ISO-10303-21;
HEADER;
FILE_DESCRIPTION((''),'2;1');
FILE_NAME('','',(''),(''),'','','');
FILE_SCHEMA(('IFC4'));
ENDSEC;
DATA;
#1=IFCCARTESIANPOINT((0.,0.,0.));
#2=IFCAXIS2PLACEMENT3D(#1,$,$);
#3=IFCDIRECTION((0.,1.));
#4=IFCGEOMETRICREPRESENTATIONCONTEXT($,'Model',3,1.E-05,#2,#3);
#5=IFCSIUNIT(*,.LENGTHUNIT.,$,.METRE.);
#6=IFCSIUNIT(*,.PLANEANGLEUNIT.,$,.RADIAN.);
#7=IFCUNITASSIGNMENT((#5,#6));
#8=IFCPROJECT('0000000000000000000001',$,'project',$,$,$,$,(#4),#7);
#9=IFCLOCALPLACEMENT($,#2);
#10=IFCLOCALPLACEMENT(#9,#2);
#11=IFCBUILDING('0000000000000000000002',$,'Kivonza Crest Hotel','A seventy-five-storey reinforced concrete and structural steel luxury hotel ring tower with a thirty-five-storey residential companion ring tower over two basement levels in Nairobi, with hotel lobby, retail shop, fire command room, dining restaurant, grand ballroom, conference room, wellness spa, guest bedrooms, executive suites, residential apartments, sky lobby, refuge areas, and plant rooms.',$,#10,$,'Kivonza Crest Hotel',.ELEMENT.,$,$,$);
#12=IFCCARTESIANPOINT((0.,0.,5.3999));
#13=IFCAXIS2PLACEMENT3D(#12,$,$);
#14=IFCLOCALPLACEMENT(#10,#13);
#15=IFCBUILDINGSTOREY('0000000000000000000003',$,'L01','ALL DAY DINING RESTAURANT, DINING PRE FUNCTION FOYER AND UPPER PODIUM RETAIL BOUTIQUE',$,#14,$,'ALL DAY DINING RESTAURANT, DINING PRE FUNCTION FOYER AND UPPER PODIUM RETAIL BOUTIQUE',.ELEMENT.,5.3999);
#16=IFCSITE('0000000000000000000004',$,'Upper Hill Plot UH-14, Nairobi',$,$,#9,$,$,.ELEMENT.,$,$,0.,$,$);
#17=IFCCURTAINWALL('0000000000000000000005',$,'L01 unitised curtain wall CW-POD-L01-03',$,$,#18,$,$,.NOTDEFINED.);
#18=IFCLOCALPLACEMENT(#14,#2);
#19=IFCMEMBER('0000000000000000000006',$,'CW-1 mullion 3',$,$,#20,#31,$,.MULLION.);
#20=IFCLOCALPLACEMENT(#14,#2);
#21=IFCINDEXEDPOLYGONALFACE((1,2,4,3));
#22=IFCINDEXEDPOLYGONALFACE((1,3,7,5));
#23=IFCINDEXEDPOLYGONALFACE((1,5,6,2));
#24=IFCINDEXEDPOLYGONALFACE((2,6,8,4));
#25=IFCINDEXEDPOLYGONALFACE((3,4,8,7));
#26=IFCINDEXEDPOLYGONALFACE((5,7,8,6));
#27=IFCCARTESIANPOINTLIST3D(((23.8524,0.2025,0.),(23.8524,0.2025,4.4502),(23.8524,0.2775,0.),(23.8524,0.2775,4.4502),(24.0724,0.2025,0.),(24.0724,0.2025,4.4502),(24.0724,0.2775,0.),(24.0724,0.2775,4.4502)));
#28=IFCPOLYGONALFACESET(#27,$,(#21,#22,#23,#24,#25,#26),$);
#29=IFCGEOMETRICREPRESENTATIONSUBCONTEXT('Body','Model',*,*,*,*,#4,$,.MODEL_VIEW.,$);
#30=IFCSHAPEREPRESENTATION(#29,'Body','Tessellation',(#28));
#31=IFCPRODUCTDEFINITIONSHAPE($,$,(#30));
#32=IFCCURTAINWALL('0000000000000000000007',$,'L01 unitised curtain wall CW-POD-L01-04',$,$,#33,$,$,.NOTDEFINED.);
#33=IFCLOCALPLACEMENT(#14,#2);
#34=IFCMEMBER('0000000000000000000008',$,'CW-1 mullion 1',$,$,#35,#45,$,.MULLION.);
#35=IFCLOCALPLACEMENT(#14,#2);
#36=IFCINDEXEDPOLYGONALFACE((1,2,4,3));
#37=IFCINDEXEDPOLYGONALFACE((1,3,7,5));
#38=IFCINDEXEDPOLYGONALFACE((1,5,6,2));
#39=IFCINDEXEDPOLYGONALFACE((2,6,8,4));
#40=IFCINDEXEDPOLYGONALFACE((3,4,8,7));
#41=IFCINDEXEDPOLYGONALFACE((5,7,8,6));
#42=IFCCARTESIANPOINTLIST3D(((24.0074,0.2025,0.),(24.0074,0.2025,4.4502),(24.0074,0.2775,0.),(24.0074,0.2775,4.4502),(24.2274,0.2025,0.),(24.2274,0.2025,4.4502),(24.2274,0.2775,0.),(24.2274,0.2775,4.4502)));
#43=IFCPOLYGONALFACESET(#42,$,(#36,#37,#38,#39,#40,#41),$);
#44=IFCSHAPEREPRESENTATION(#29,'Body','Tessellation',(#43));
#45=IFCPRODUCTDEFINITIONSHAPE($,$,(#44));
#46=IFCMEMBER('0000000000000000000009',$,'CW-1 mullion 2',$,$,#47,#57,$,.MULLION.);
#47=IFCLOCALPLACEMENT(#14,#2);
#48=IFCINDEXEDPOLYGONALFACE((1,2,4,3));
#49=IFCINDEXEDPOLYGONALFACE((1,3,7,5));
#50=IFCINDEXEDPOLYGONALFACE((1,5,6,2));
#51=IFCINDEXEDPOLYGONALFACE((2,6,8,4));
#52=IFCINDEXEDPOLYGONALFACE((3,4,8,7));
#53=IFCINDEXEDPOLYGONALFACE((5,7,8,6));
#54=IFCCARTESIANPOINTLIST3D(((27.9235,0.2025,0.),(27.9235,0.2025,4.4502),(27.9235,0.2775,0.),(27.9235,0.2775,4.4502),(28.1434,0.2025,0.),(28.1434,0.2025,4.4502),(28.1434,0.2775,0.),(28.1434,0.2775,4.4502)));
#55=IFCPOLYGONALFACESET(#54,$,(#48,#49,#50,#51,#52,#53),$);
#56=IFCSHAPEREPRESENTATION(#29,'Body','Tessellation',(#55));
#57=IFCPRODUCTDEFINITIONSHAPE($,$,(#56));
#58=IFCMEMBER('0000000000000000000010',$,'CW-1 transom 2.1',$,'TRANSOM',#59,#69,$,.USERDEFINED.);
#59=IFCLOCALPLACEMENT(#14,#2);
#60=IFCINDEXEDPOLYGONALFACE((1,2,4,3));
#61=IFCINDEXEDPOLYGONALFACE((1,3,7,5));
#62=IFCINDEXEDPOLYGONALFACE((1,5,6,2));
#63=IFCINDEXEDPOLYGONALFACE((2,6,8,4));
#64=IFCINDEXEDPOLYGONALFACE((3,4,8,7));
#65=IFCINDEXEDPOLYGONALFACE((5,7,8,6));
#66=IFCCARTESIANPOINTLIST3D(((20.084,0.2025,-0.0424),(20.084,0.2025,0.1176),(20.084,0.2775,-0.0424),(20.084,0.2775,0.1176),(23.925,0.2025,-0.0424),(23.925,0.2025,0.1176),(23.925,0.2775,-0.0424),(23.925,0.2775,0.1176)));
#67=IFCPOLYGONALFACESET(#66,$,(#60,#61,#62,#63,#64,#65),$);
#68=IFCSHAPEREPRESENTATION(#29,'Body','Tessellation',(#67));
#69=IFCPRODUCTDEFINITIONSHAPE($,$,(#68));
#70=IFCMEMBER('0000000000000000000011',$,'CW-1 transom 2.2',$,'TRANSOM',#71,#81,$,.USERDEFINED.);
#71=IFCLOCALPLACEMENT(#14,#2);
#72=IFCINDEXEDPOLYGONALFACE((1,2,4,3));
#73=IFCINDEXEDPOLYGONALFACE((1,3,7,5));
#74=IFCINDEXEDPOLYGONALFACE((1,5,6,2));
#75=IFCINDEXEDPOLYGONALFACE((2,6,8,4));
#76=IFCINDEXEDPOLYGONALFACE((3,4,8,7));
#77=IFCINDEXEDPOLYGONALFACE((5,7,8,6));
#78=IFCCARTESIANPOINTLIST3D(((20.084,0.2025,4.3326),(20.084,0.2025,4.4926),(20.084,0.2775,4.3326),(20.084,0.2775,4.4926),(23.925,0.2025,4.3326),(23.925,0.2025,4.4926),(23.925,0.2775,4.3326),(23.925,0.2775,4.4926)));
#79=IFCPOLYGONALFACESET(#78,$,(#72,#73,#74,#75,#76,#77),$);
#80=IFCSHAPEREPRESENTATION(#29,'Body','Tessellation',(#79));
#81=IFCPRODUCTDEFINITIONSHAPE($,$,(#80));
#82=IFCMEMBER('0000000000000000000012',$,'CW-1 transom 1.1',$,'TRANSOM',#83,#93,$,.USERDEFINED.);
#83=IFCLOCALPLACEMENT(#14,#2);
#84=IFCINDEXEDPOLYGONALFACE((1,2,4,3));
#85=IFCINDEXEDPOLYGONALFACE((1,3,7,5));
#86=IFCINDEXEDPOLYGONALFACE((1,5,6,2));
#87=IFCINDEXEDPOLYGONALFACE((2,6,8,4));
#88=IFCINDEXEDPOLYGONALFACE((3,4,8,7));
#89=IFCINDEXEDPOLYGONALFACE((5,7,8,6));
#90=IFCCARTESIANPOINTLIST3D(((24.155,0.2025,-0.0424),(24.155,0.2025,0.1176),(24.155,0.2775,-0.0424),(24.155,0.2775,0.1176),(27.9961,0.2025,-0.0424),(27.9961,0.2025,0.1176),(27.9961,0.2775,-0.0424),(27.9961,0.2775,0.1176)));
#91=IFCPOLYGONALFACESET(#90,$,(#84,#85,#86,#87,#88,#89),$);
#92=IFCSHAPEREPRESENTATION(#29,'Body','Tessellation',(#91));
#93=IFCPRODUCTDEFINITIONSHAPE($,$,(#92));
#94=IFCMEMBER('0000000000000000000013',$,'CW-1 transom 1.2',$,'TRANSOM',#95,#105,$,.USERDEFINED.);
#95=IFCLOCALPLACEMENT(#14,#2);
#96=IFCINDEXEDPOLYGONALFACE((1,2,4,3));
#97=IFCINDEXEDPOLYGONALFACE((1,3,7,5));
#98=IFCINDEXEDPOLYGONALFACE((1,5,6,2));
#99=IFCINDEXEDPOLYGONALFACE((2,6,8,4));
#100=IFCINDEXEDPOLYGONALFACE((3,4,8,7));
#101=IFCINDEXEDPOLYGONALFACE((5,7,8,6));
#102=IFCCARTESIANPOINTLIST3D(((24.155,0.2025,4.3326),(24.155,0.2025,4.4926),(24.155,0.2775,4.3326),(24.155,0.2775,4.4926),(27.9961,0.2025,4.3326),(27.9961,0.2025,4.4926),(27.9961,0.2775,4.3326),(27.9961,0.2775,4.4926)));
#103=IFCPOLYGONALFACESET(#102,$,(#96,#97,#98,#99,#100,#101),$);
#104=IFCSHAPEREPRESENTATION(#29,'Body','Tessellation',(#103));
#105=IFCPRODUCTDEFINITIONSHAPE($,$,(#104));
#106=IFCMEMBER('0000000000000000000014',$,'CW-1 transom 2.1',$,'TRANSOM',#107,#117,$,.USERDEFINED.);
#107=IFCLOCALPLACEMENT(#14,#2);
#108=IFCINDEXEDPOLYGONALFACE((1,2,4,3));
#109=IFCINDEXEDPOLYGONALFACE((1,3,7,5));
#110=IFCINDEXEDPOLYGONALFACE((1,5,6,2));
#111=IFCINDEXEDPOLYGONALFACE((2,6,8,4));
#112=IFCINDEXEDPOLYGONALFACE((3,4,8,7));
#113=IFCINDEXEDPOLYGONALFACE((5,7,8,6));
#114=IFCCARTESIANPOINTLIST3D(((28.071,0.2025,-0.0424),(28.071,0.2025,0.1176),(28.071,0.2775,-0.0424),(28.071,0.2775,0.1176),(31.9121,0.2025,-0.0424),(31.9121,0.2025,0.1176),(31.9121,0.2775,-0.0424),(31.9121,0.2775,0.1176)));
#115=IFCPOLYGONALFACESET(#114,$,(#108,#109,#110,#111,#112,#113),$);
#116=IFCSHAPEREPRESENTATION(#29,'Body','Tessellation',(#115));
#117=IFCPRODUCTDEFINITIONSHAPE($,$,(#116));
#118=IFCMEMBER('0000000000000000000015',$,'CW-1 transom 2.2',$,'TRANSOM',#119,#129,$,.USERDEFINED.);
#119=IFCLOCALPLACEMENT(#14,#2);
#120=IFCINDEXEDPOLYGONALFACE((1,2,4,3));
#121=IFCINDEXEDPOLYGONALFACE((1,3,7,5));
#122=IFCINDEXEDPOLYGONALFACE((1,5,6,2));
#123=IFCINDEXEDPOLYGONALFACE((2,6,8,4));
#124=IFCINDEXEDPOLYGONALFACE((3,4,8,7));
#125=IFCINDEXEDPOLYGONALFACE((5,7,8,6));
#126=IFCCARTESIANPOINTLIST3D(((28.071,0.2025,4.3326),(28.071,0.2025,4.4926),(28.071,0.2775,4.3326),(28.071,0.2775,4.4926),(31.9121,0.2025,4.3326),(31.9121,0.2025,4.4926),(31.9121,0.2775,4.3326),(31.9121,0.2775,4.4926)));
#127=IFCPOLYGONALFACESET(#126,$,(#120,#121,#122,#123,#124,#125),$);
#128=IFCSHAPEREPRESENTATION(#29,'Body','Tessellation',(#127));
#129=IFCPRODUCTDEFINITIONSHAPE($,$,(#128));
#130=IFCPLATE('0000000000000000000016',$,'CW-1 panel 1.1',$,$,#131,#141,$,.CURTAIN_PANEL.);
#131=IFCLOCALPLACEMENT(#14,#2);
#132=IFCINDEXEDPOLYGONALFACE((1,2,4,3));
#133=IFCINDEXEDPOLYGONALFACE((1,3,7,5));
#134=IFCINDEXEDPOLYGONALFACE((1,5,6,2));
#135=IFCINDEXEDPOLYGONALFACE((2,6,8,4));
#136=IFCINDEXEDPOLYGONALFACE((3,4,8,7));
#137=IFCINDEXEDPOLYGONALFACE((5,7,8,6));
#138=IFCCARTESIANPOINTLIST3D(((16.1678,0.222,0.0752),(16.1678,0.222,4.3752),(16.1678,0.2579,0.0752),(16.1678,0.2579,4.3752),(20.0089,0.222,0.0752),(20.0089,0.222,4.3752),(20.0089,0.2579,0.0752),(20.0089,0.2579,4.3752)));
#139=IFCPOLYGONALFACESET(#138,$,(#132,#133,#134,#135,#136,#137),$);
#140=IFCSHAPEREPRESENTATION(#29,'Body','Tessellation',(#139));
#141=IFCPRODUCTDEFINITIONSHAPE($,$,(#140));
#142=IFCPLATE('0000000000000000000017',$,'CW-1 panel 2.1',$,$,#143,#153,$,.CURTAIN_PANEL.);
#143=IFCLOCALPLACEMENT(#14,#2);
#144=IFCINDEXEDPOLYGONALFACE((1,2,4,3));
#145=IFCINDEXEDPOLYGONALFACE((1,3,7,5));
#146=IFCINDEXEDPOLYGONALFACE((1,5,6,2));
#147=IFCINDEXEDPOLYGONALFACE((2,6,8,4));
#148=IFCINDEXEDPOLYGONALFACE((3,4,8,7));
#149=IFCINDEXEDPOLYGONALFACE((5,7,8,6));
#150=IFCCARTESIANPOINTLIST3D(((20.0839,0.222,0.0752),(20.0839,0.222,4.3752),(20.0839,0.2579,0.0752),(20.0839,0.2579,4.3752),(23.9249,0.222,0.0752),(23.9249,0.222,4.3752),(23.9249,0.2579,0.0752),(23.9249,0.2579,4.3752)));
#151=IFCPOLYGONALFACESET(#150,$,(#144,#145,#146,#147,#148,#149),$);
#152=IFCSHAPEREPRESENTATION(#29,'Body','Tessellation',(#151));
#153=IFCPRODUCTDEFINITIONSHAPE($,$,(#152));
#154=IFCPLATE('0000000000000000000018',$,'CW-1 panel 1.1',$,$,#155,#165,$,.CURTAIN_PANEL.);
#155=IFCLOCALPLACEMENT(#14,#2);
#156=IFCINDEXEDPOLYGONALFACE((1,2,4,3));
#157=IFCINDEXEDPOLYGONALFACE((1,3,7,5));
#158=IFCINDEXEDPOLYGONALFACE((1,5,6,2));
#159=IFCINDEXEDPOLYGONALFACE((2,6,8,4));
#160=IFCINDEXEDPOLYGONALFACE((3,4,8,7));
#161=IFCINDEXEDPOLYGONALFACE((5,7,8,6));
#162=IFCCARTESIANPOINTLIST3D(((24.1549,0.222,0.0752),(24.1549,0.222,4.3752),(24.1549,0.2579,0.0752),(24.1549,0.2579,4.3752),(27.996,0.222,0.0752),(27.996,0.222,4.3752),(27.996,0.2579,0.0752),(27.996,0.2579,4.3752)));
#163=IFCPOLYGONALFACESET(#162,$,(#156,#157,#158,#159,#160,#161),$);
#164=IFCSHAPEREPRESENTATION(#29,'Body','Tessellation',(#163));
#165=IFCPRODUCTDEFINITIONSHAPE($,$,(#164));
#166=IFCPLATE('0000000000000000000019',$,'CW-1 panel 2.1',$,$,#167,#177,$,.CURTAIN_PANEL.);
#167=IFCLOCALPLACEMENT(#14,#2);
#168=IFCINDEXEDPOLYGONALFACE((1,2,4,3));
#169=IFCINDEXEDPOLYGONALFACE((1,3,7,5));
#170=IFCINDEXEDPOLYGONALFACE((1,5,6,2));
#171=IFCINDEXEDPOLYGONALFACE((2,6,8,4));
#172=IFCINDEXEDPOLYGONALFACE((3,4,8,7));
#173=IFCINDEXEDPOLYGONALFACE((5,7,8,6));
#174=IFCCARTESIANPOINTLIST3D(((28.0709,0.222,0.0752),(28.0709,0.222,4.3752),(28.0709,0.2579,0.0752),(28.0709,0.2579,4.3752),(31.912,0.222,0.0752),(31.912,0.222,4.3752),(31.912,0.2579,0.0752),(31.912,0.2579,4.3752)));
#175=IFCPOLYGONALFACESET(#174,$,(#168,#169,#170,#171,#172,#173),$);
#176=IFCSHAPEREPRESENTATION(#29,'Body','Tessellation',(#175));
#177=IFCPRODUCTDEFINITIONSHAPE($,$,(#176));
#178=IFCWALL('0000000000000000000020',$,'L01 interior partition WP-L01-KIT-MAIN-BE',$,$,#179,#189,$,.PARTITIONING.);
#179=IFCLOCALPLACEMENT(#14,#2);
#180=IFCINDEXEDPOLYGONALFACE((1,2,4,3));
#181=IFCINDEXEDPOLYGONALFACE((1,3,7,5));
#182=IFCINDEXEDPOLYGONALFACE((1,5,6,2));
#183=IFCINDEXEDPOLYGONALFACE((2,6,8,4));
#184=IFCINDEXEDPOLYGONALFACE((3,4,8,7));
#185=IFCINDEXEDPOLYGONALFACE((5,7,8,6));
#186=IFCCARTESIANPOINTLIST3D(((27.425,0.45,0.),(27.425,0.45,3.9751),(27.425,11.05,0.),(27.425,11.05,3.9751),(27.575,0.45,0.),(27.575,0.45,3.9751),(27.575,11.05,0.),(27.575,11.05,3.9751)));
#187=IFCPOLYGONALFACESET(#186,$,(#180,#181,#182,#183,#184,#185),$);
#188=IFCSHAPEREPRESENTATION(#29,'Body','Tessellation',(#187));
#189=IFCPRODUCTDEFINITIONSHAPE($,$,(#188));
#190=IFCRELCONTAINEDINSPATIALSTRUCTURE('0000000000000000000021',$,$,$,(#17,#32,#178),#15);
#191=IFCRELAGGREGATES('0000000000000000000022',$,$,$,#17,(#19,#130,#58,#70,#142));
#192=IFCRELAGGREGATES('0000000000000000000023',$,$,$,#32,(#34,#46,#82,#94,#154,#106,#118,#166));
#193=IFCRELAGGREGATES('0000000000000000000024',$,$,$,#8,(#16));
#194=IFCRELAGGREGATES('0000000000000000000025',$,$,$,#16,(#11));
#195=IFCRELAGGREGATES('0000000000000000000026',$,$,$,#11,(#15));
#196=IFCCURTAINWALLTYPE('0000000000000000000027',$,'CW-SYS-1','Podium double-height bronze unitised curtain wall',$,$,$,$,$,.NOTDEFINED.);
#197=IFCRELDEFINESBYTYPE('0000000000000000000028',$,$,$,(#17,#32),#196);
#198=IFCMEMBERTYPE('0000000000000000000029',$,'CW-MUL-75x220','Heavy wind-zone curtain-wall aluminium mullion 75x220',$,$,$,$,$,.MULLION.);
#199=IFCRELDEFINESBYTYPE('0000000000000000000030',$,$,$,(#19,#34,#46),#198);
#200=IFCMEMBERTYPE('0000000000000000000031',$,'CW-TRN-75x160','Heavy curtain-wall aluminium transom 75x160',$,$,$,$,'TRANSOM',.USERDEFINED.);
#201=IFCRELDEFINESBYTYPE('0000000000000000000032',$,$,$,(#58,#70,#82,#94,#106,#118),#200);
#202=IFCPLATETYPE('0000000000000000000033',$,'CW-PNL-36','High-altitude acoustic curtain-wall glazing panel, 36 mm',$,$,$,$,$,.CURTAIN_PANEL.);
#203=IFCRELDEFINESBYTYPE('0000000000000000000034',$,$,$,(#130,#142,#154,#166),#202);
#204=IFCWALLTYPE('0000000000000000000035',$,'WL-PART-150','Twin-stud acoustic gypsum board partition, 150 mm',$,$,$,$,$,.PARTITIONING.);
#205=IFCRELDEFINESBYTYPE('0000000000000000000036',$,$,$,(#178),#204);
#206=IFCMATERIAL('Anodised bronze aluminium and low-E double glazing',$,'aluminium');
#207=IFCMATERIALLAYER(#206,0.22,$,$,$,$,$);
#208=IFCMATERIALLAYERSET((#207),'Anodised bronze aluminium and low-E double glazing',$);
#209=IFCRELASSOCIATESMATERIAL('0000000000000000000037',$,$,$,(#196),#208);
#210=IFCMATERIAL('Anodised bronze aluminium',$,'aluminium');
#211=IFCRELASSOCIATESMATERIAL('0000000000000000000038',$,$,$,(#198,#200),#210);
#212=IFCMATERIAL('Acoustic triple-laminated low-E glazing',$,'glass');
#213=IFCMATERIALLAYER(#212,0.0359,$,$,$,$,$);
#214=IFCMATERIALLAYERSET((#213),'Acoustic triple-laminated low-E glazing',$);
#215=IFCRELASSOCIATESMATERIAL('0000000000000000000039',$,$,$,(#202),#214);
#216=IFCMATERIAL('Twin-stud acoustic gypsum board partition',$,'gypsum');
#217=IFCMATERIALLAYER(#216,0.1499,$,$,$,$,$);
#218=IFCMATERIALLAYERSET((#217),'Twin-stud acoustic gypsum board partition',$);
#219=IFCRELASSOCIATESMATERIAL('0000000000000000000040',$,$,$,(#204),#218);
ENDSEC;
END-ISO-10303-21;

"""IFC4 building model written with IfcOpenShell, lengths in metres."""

from ifc_helpers import new_model, si_unit, direction, frame, frame_2d, origin, origin_2d, place, context, subcontext, project, spatial, rectangle, extrude, material, layer, layer_set, material_profile, profile_set, type_object, element, aggregate, save


model = new_model("IFC4")

# Units and contexts
model_context = context("Model", 3, precision=1e-05, world=origin(), true_north=direction((0.0, 1.0)))
body_context = subcontext(model_context, "Body", "Model", "MODEL_VIEW")
ifc_project = project(units=[si_unit("LENGTHUNIT", "METRE"), si_unit("PLANEANGLEUNIT", "RADIAN")], contexts=[model_context])

# Site, building, storey
site_placement = place(None, origin())
site = spatial("IfcSite", under=ifc_project, at=site_placement, Name="Upper Hill Plot UH-14, Nairobi", CompositionType="ELEMENT", RefElevation=0.0)
building_placement = place(site_placement, origin())
building = spatial("IfcBuilding", under=site, at=building_placement, Name="Kivonza Crest Hotel", Description="A seventy-five-storey reinforced concrete and structural steel luxury hotel ring tower with a thirty-five-storey residential companion ring tower over two basement levels in Nairobi, with hotel lobby, retail shop, fire command room, dining restaurant, grand ballroom, conference room, wellness spa, guest bedrooms, executive suites, residential apartments, sky lobby, refuge areas, and plant rooms.", LongName="Kivonza Crest Hotel", CompositionType="ELEMENT")
storey_placement = place(building_placement, frame((0.0, 0.0, 5.3999)))
storey = spatial("IfcBuildingStorey", under=building, at=storey_placement, Name="L01", Description="ALL DAY DINING RESTAURANT, DINING PRE FUNCTION FOYER AND UPPER PODIUM RETAIL BOUTIQUE", LongName="ALL DAY DINING RESTAURANT, DINING PRE FUNCTION FOYER AND UPPER PODIUM RETAIL BOUTIQUE", CompositionType="ELEMENT", Elevation=5.3999)

# Curtain walls, members
ifc_material_1 = material(Name="Anodised bronze aluminium and low-E double glazing", Category="aluminium")
ifc_layer_1 = layer(ifc_material_1, 0.22)
ifc_layer_set_1 = layer_set([ifc_layer_1], Name="Anodised bronze aluminium and low-E double glazing")
curtain_wall_type = type_object("IfcCurtainWallType", Name="CW-SYS-1", Description="Podium double-height bronze unitised curtain wall", PredefinedType="NOTDEFINED", material=ifc_layer_set_1)
curtain_wall_1_placement = place(storey_placement, origin())
curtain_wall_1 = element("IfcCurtainWall", 1, at=curtain_wall_1_placement, inside=storey, type_object=curtain_wall_type, Name="L01 unitised curtain wall CW-POD-L01-03", PredefinedType="NOTDEFINED")
ifc_material_2 = material(Name="Anodised bronze aluminium", Category="aluminium")
ifc_material_profile_1 = material_profile(ifc_material_2, rectangle(XDim=0.075, YDim=0.22, at=origin_2d()), Name="CW-M 75x220")
ifc_profile_set_1 = profile_set([ifc_material_profile_1], Name="Anodised bronze aluminium")
member_type_1 = type_object("IfcMemberType", Name="CW-MUL-75x220", Description="Heavy wind-zone curtain-wall aluminium mullion 75x220", PredefinedType="MULLION", material=ifc_profile_set_1)
member_1_placement = place(storey_placement, frame((23.9624, 0.24, 0.0), z_axis=(0.0, 0.0, 1.0), x_axis=(0.0, 1.0, 0.0)))
member_1 = element("IfcMember", 2, at=member_1_placement, type_object=member_type_1, Name="CW-1 mullion 3", PredefinedType="MULLION", context=body_context, shape_type="SweptSolid", body=[
    extrude(rectangle(XDim=0.075, YDim=0.22, at=origin_2d()), origin(), (0.0, 0.0, 1.0), 4.4502),
])
curtain_wall_2_placement = place(storey_placement, origin())
curtain_wall_2 = element("IfcCurtainWall", 3, at=curtain_wall_2_placement, inside=storey, type_object=curtain_wall_type, Name="L01 unitised curtain wall CW-POD-L01-04", PredefinedType="NOTDEFINED")
member_2_placement = place(storey_placement, frame((24.1174, 0.24, 0.0), z_axis=(0.0, 0.0, 1.0), x_axis=(0.0, 1.0, 0.0)))
member_2 = element("IfcMember", 4, at=member_2_placement, type_object=member_type_1, Name="CW-1 mullion 1", PredefinedType="MULLION", context=body_context, shape_type="SweptSolid", body=[
    extrude(rectangle(XDim=0.075, YDim=0.22, at=origin_2d()), origin(), (0.0, 0.0, 1.0), 4.4502),
])
member_3_placement = place(storey_placement, frame((28.0334, 0.24, 0.0), z_axis=(0.0, 0.0, 1.0), x_axis=(0.0, 1.0, 0.0)))
member_3 = element("IfcMember", 5, at=member_3_placement, type_object=member_type_1, Name="CW-1 mullion 2", PredefinedType="MULLION", context=body_context, shape_type="SweptSolid", body=[
    extrude(rectangle(XDim=0.075, YDim=0.22, at=origin_2d()), origin(), (0.0, 0.0, 1.0), 4.4502),
])

# Members
ifc_material_profile_2 = material_profile(ifc_material_2, rectangle(XDim=0.075, YDim=0.1599, at=origin_2d()), Name="CW-T 75x160")
ifc_profile_set_2 = profile_set([ifc_material_profile_2], Name="Anodised bronze aluminium")
member_type_2 = type_object("IfcMemberType", Name="CW-TRN-75x160", Description="Heavy curtain-wall aluminium transom 75x160", ElementType="TRANSOM", PredefinedType="USERDEFINED", material=ifc_profile_set_2)
member_4_placement = place(storey_placement, frame((20.084, 0.24, 0.0376), z_axis=(1.0, 0.0, 0.0), x_axis=(0.0, 1.0, 0.0)))
member_4 = element("IfcMember", 6, at=member_4_placement, type_object=member_type_2, Name="CW-1 transom 2.1", ObjectType="TRANSOM", PredefinedType="USERDEFINED", context=body_context, shape_type="SweptSolid", body=[
    extrude(rectangle(XDim=0.075, YDim=0.1599, at=origin_2d()), origin(), (0.0, 0.0, 1.0), 3.8411),
])
member_5_placement = place(storey_placement, frame((20.084, 0.24, 4.4126), z_axis=(1.0, 0.0, 0.0), x_axis=(0.0, 1.0, 0.0)))
member_5 = element("IfcMember", 7, at=member_5_placement, type_object=member_type_2, Name="CW-1 transom 2.2", ObjectType="TRANSOM", PredefinedType="USERDEFINED", context=body_context, shape_type="SweptSolid", body=[
    extrude(rectangle(XDim=0.075, YDim=0.1599, at=origin_2d()), origin(), (0.0, 0.0, 1.0), 3.8411),
])
member_6_placement = place(storey_placement, frame((24.155, 0.24, 0.0376), z_axis=(1.0, 0.0, 0.0), x_axis=(0.0, 1.0, 0.0)))
member_6 = element("IfcMember", 8, at=member_6_placement, type_object=member_type_2, Name="CW-1 transom 1.1", ObjectType="TRANSOM", PredefinedType="USERDEFINED", context=body_context, shape_type="SweptSolid", body=[
    extrude(rectangle(XDim=0.075, YDim=0.1599, at=origin_2d()), origin(), (0.0, 0.0, 1.0), 3.8411),
])
member_7_placement = place(storey_placement, frame((24.155, 0.24, 4.4126), z_axis=(1.0, 0.0, 0.0), x_axis=(0.0, 1.0, 0.0)))
member_7 = element("IfcMember", 9, at=member_7_placement, type_object=member_type_2, Name="CW-1 transom 1.2", ObjectType="TRANSOM", PredefinedType="USERDEFINED", context=body_context, shape_type="SweptSolid", body=[
    extrude(rectangle(XDim=0.075, YDim=0.1599, at=origin_2d()), origin(), (0.0, 0.0, 1.0), 3.8411),
])
member_8_placement = place(storey_placement, frame((28.071, 0.24, 0.0376), z_axis=(1.0, 0.0, 0.0), x_axis=(0.0, 1.0, 0.0)))
member_8 = element("IfcMember", 10, at=member_8_placement, type_object=member_type_2, Name="CW-1 transom 2.1", ObjectType="TRANSOM", PredefinedType="USERDEFINED", context=body_context, shape_type="SweptSolid", body=[
    extrude(rectangle(XDim=0.075, YDim=0.1599, at=origin_2d()), origin(), (0.0, 0.0, 1.0), 3.8411),
])
member_9_placement = place(storey_placement, frame((28.071, 0.24, 4.4126), z_axis=(1.0, 0.0, 0.0), x_axis=(0.0, 1.0, 0.0)))
member_9 = element("IfcMember", 11, at=member_9_placement, type_object=member_type_2, Name="CW-1 transom 2.2", ObjectType="TRANSOM", PredefinedType="USERDEFINED", context=body_context, shape_type="SweptSolid", body=[
    extrude(rectangle(XDim=0.075, YDim=0.1599, at=origin_2d()), origin(), (0.0, 0.0, 1.0), 3.8411),
])

# Plates
ifc_material_3 = material(Name="Acoustic triple-laminated low-E glazing", Category="glass")
ifc_layer_2 = layer(ifc_material_3, 0.0359)
ifc_layer_set_2 = layer_set([ifc_layer_2], Name="Acoustic triple-laminated low-E glazing")
plate_type = type_object("IfcPlateType", Name="CW-PNL-36", Description="High-altitude acoustic curtain-wall glazing panel, 36 mm", PredefinedType="CURTAIN_PANEL", material=ifc_layer_set_2)
plate_1_placement = place(storey_placement, frame((18.0884, 0.24, 0.0752), z_axis=(0.0, 0.0, 1.0), x_axis=(1.0, 0.0, 0.0)))
plate_1 = element("IfcPlate", 12, at=plate_1_placement, type_object=plate_type, Name="CW-1 panel 1.1", PredefinedType="CURTAIN_PANEL", context=body_context, shape_type="SweptSolid", body=[
    extrude(rectangle(XDim=3.8411, YDim=0.0359, at=origin_2d()), origin(), (0.0, 0.0, 1.0), 4.3),
])
plate_2_placement = place(storey_placement, frame((22.0044, 0.24, 0.0752), z_axis=(0.0, 0.0, 1.0), x_axis=(1.0, 0.0, 0.0)))
plate_2 = element("IfcPlate", 13, at=plate_2_placement, type_object=plate_type, Name="CW-1 panel 2.1", PredefinedType="CURTAIN_PANEL", context=body_context, shape_type="SweptSolid", body=[
    extrude(rectangle(XDim=3.8411, YDim=0.0359, at=origin_2d()), origin(), (0.0, 0.0, 1.0), 4.3),
])
aggregate(curtain_wall_1, [member_1, plate_1, member_4, member_5, plate_2])
plate_3_placement = place(storey_placement, frame((26.0754, 0.24, 0.0752), z_axis=(0.0, 0.0, 1.0), x_axis=(1.0, 0.0, 0.0)))
plate_3 = element("IfcPlate", 14, at=plate_3_placement, type_object=plate_type, Name="CW-1 panel 1.1", PredefinedType="CURTAIN_PANEL", context=body_context, shape_type="SweptSolid", body=[
    extrude(rectangle(XDim=3.8411, YDim=0.0359, at=origin_2d()), origin(), (0.0, 0.0, 1.0), 4.3),
])
plate_4_placement = place(storey_placement, frame((29.9915, 0.24, 0.0752), z_axis=(0.0, 0.0, 1.0), x_axis=(1.0, 0.0, 0.0)))
plate_4 = element("IfcPlate", 15, at=plate_4_placement, type_object=plate_type, Name="CW-1 panel 2.1", PredefinedType="CURTAIN_PANEL", context=body_context, shape_type="SweptSolid", body=[
    extrude(rectangle(XDim=3.8411, YDim=0.0359, at=origin_2d()), origin(), (0.0, 0.0, 1.0), 4.3),
])
aggregate(curtain_wall_2, [member_2, member_3, member_6, member_7, plate_3, member_8, member_9, plate_4])

# Wall
ifc_material_4 = material(Name="Twin-stud acoustic gypsum board partition", Category="gypsum")
ifc_layer_3 = layer(ifc_material_4, 0.1499)
ifc_layer_set_3 = layer_set([ifc_layer_3], Name="Twin-stud acoustic gypsum board partition")
wall_type = type_object("IfcWallType", Name="WL-PART-150", Description="Twin-stud acoustic gypsum board partition, 150 mm", PredefinedType="PARTITIONING", material=ifc_layer_set_3)
for number, where, z_axis, x_axis, name in (
    (16, (27.5, 0.45, 0.0), (0.0, 0.0, 1.0), (0.0, 1.0, 0.0), "L01 interior partition WP-L01-KIT-MAIN-BE"),
):
    element("IfcWall", number, at=place(storey_placement, frame(where, z_axis=z_axis, x_axis=x_axis)), inside=storey, type_object=wall_type, Name=name, PredefinedType="PARTITIONING", context=body_context, shape_type="SweptSolid", body=[
        extrude(rectangle(XDim=10.6001, YDim=0.1499, at=frame_2d((5.3, 0.0))), origin(), (0.0, 0.0, 1.0), 3.9751),
    ])

save(model, "model.ifc")
